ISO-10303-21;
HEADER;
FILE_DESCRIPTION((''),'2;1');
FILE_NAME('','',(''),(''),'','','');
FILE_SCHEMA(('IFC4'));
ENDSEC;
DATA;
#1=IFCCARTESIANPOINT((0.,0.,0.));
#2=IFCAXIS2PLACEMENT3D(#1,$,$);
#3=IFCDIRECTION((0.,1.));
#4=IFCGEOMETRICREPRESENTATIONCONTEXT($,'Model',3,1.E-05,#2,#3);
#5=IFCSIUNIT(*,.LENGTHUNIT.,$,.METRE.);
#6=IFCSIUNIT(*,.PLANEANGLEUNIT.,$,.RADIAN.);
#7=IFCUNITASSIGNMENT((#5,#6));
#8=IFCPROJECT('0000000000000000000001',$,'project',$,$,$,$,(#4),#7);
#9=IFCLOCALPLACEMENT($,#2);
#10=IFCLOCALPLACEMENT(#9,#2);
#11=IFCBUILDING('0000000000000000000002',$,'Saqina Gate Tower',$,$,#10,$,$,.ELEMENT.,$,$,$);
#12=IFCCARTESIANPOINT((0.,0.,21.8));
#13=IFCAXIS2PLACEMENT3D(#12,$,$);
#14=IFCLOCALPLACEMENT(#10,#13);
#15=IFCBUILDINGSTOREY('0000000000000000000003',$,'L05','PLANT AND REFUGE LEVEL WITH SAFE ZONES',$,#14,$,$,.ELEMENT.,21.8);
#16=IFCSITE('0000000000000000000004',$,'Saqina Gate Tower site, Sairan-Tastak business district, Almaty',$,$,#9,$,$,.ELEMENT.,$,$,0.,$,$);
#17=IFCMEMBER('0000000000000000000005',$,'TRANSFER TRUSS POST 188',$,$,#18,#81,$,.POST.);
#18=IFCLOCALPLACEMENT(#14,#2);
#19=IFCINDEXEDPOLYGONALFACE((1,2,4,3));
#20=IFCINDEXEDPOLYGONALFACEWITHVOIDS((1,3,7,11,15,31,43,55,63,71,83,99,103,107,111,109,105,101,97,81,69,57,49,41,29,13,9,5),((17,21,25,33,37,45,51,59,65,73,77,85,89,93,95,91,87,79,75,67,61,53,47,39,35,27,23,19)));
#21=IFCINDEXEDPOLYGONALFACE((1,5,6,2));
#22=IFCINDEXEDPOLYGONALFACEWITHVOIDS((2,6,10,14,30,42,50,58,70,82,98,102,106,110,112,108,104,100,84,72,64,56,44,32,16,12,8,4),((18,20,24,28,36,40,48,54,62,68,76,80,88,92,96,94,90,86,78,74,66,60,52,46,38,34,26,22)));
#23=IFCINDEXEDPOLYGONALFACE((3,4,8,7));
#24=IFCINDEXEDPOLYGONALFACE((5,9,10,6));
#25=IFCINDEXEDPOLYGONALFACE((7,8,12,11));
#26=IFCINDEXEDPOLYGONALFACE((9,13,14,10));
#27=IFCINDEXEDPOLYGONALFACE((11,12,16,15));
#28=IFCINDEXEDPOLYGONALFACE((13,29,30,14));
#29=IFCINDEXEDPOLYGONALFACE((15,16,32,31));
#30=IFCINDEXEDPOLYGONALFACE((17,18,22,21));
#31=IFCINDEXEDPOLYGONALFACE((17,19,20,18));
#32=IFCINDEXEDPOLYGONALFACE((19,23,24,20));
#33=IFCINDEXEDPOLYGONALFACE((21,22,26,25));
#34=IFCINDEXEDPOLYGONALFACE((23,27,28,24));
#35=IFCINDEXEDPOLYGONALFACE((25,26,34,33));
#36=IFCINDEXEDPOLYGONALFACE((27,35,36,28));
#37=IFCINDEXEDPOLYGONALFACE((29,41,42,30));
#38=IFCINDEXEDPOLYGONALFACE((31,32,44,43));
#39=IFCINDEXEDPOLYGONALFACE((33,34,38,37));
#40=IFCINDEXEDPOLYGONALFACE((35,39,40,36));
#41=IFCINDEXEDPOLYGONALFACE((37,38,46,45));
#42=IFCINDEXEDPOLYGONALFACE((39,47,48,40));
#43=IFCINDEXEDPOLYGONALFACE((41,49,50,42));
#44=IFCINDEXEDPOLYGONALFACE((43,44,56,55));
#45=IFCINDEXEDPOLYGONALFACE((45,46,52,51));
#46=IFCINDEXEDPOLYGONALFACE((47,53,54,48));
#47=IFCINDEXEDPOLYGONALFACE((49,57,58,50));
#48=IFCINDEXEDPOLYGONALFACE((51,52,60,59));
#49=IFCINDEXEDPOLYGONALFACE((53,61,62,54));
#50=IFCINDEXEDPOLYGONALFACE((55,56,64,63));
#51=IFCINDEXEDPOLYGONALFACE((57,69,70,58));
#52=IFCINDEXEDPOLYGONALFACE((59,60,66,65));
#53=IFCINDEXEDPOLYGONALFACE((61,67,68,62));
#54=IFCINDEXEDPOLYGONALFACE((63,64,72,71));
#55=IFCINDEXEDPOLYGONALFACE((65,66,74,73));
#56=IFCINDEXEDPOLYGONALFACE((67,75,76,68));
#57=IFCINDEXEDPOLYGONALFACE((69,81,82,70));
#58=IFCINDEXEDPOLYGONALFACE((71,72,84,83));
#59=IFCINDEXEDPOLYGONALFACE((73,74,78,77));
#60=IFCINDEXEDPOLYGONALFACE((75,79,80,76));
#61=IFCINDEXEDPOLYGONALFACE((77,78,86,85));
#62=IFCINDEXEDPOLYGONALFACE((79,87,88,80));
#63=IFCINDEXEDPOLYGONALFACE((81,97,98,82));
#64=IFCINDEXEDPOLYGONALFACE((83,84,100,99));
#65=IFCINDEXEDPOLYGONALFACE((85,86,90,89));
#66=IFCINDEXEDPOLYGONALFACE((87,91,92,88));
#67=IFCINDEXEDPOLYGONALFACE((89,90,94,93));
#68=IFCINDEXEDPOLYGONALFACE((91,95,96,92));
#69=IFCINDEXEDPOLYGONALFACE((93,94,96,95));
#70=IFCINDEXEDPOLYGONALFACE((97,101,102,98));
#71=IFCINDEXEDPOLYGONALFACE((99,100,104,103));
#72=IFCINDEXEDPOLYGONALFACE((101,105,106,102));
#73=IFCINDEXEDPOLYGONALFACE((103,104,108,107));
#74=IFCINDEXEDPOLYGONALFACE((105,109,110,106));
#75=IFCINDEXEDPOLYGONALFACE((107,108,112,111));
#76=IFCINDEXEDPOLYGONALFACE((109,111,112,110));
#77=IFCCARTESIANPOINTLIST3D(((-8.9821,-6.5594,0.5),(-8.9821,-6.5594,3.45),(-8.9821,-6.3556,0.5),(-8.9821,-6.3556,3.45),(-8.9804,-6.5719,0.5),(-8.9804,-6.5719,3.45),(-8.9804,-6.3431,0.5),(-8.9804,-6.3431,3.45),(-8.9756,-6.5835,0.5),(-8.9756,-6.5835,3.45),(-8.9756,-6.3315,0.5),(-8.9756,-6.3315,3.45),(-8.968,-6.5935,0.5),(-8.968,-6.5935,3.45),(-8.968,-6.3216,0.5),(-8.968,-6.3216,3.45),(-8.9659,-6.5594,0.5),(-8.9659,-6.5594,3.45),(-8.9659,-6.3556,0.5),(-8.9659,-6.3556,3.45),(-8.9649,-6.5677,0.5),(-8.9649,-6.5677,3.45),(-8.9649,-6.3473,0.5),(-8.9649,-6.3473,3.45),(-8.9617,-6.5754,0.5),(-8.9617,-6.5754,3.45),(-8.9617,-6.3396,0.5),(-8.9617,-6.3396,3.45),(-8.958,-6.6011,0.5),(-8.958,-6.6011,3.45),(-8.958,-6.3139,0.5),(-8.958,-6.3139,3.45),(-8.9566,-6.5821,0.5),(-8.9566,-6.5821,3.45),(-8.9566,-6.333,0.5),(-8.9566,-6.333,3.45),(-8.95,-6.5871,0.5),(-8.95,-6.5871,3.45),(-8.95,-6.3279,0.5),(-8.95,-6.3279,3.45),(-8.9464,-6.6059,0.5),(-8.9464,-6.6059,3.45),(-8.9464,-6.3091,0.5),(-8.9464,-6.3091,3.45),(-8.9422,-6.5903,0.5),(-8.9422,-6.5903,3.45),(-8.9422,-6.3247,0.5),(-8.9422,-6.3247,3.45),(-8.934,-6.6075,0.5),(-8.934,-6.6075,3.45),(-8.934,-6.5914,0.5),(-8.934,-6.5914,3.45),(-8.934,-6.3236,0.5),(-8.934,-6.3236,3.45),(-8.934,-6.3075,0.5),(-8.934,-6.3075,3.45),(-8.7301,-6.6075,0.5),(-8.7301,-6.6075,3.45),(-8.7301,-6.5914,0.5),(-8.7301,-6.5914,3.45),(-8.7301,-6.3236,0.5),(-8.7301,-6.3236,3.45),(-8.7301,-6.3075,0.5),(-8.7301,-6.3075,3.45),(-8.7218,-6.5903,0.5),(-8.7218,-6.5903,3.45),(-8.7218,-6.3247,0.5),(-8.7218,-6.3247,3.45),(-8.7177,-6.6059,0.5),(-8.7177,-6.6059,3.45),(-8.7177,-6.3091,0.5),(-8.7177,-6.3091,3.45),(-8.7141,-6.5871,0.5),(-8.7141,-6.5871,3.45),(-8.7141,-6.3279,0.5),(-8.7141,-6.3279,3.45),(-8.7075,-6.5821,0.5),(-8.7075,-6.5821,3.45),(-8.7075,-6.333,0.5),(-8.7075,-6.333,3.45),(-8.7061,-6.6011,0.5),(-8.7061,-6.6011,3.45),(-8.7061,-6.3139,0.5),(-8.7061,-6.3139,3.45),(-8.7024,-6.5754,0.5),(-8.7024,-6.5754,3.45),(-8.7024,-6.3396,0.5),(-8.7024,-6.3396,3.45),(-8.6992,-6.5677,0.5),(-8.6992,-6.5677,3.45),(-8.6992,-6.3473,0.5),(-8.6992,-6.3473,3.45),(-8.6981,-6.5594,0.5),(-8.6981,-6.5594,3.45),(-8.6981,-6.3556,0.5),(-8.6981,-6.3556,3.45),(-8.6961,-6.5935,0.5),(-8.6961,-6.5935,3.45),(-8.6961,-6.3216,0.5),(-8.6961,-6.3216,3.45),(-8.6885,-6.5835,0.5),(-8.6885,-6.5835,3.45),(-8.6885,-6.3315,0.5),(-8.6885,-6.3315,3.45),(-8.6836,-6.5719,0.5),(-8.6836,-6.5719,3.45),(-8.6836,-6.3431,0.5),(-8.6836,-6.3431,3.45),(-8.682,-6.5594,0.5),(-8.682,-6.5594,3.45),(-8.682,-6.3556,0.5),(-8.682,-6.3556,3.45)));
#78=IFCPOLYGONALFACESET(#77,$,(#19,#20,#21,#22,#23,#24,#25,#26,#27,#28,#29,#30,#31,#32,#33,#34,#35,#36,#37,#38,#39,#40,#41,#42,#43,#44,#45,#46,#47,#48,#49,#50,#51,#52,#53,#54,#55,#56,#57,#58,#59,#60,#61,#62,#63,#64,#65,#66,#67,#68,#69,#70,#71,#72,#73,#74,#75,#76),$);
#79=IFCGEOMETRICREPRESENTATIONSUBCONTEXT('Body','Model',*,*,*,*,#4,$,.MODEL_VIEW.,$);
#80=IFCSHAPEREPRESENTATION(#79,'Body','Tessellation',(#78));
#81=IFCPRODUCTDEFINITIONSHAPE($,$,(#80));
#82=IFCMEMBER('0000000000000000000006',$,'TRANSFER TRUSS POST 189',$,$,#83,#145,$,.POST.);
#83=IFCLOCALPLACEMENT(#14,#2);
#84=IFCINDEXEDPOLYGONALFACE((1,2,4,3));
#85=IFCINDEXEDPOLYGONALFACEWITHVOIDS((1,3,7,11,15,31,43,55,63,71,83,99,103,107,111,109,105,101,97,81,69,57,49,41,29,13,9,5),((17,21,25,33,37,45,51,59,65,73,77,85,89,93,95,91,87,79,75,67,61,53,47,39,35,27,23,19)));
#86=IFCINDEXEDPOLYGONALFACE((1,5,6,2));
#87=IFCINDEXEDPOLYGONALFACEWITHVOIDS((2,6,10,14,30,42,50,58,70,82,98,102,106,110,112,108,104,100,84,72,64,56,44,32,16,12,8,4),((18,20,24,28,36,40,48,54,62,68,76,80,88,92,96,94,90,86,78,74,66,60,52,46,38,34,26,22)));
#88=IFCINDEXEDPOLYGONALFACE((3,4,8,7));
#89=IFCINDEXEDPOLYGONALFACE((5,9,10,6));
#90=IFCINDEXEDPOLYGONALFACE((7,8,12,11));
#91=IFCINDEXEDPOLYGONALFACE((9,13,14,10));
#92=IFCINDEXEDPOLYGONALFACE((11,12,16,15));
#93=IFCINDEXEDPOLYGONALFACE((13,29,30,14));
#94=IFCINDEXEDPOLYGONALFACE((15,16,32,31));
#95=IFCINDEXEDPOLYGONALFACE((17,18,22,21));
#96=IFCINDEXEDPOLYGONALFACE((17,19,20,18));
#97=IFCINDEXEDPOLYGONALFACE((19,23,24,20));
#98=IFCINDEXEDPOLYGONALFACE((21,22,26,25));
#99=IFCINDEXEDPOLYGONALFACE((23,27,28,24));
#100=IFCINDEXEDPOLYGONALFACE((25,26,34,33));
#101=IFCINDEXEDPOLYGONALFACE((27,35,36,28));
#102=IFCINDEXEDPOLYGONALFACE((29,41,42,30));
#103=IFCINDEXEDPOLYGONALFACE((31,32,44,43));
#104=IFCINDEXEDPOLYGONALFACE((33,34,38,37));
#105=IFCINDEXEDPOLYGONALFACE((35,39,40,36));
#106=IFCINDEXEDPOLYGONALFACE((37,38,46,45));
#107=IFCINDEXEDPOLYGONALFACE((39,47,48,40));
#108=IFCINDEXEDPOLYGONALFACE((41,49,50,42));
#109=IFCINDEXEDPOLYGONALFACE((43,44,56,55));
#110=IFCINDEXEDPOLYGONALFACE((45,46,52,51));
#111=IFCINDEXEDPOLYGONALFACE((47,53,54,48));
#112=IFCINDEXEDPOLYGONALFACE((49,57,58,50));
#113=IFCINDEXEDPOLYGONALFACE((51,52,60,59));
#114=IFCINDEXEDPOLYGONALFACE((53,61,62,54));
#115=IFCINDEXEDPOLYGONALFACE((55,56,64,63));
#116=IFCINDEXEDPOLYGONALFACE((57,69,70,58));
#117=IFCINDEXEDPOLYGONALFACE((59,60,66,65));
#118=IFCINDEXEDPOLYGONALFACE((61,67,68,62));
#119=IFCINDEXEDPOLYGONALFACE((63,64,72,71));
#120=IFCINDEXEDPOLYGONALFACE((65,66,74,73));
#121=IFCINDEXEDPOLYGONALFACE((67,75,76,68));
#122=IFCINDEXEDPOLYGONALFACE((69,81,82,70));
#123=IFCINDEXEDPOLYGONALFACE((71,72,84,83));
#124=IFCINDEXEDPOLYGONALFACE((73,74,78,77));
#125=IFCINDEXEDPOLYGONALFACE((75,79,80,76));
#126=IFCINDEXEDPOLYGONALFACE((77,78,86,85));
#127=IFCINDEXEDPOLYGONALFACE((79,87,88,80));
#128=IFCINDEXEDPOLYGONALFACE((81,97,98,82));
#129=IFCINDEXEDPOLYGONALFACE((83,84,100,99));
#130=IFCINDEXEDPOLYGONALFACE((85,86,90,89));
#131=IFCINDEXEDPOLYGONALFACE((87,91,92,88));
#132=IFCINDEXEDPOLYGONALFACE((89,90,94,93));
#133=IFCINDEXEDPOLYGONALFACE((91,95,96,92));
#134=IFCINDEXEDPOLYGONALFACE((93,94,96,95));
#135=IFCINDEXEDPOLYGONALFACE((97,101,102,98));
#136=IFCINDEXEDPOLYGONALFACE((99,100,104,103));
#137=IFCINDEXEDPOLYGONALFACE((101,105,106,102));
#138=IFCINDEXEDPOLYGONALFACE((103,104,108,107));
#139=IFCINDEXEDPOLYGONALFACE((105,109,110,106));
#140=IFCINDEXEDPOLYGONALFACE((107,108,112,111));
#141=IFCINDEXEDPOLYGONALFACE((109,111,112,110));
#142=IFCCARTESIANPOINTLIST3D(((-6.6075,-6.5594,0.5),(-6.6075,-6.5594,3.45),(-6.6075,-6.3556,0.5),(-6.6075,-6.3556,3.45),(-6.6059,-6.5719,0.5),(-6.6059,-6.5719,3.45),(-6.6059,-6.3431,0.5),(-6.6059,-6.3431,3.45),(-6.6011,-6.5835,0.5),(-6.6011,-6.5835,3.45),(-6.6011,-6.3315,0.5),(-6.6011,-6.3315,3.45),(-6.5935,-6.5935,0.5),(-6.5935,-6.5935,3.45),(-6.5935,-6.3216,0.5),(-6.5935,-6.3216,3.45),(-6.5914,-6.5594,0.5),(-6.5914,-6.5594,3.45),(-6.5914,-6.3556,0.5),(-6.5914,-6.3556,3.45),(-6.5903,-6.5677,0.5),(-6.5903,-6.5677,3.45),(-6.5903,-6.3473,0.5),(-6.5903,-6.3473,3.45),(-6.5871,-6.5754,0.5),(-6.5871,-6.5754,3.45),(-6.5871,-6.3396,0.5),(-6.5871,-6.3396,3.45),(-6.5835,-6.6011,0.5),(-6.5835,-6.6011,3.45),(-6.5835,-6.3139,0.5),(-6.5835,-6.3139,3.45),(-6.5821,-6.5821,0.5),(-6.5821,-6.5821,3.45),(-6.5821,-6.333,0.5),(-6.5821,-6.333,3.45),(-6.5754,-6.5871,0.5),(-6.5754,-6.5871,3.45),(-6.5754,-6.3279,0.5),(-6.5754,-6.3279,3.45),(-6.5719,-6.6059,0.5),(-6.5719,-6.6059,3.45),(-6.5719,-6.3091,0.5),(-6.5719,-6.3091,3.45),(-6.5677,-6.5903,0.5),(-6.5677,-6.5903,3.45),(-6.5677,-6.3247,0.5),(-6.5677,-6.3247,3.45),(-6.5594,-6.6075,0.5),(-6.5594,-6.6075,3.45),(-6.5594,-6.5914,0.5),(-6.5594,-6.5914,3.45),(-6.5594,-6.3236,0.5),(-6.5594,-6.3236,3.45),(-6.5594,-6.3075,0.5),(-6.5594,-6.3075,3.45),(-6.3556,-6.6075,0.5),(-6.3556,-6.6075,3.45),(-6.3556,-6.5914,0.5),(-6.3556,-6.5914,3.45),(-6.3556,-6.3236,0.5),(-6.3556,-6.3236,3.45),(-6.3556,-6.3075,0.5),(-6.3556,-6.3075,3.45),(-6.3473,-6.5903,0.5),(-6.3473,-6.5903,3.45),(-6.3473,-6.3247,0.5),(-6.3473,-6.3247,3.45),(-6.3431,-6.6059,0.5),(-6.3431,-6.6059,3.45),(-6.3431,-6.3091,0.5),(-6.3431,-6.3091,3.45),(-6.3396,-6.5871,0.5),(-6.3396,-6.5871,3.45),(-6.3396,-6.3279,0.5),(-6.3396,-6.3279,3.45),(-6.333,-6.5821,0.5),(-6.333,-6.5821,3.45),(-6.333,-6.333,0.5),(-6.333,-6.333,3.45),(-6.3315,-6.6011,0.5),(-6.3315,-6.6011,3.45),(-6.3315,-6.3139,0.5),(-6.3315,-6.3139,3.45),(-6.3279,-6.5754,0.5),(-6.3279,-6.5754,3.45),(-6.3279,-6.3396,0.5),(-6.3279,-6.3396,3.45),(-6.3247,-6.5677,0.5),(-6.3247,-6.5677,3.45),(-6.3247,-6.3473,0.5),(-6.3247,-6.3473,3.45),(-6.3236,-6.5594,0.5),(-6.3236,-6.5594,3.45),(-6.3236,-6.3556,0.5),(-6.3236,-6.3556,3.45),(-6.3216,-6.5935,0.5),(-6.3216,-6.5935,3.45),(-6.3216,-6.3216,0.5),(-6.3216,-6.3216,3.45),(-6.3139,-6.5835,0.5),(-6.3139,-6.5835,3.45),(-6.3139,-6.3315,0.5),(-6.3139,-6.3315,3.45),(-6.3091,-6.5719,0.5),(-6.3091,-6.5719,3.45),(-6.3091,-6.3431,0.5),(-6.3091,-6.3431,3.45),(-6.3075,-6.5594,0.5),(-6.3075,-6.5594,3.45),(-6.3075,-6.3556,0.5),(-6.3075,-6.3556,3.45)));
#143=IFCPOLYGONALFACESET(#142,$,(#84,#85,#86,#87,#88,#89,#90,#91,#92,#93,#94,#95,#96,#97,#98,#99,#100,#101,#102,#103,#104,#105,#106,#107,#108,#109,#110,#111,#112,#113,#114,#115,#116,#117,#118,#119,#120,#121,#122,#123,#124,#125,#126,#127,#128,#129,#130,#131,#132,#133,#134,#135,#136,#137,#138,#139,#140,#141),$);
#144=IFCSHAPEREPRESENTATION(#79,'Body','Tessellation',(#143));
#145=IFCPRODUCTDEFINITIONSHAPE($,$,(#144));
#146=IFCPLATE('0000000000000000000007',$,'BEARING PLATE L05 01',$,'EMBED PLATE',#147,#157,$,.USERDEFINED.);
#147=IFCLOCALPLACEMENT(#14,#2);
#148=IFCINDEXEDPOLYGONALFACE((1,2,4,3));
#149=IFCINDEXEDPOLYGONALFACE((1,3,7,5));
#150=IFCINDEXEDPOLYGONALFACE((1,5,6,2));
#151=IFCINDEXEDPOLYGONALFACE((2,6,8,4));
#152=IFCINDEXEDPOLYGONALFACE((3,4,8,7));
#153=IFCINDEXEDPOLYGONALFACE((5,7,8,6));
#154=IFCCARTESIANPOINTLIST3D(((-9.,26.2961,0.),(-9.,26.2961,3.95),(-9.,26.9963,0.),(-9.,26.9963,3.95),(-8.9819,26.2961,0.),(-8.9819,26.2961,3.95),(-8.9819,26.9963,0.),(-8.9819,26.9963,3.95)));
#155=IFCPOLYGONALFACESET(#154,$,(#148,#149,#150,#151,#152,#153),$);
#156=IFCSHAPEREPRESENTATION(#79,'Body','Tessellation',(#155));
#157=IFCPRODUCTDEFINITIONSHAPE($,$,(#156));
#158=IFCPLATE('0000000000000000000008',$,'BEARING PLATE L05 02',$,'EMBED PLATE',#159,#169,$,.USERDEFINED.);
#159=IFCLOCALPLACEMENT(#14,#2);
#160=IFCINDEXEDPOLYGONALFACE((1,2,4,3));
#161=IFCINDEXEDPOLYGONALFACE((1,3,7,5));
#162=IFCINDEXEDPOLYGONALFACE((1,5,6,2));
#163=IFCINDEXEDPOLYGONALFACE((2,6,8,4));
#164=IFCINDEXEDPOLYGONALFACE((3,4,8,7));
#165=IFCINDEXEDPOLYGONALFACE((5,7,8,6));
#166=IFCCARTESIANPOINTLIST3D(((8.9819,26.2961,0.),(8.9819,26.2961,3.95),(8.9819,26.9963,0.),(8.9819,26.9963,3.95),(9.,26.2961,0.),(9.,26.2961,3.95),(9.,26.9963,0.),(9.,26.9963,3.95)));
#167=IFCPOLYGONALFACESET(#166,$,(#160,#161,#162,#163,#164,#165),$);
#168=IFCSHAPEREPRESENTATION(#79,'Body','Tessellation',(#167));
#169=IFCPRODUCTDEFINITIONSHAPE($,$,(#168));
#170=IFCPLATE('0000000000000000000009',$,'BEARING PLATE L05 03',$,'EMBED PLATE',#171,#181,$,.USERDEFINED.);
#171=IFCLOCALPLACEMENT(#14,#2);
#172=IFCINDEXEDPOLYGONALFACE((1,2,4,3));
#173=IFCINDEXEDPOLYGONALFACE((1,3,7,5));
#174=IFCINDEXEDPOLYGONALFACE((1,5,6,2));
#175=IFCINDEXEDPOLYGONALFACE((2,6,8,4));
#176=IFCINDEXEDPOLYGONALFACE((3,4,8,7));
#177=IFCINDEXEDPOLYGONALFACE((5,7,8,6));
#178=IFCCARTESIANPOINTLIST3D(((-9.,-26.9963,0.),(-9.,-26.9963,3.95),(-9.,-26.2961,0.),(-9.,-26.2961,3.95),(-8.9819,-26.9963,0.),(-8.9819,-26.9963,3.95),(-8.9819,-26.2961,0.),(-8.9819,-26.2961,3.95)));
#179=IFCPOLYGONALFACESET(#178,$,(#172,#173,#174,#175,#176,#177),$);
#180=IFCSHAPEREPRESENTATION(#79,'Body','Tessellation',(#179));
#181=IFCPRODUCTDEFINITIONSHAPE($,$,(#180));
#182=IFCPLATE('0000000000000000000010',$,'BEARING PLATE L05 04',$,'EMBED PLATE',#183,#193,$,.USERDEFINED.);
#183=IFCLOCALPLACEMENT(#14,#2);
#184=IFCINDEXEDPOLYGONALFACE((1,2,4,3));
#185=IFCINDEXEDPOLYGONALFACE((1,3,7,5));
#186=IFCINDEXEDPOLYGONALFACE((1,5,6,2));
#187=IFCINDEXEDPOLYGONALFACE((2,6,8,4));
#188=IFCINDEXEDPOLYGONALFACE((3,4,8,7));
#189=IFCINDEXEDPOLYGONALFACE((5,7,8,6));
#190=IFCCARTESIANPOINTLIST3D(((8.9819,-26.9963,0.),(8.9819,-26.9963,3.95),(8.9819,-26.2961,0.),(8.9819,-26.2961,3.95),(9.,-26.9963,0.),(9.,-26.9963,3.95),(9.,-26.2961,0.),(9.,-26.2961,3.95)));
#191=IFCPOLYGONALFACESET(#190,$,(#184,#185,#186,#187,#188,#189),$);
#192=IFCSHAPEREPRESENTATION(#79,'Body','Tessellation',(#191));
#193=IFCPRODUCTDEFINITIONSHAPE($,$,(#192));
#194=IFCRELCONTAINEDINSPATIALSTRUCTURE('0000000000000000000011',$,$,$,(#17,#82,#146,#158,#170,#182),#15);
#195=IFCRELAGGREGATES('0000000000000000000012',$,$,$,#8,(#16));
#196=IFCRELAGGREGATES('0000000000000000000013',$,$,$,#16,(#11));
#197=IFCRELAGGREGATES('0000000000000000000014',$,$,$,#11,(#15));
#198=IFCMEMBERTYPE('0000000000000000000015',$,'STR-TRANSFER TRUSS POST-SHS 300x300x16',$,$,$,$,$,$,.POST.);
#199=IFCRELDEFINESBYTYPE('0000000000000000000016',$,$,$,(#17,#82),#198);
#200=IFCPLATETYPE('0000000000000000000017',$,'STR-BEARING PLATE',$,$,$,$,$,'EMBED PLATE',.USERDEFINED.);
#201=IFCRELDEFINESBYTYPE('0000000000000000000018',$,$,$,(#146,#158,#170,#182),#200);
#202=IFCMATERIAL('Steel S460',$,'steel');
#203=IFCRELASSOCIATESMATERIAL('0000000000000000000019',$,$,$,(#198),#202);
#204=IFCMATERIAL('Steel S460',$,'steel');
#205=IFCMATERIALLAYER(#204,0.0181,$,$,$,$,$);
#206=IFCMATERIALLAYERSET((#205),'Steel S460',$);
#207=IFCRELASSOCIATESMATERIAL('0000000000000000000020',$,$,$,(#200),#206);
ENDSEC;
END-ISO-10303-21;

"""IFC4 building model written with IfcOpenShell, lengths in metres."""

from ifc_helpers import new_model, si_unit, direction, frame, origin, origin_2d, place, context, subcontext, project, spatial, polyline, hollow_rectangle, outline, extrude, material, layer, layer_set, material_profile, profile_set, type_object, element, save


model = new_model("IFC4")

# Units and contexts
model_context = context("Model", 3, precision=1e-05, world=origin(), true_north=direction((0.0, 1.0)))
body_context = subcontext(model_context, "Body", "Model", "MODEL_VIEW")
ifc_project = project(units=[si_unit("LENGTHUNIT", "METRE"), si_unit("PLANEANGLEUNIT", "RADIAN")], contexts=[model_context])

# Site, building, storey
site_placement = place(None, origin())
site = spatial("IfcSite", under=ifc_project, at=site_placement, Name="Saqina Gate Tower site, Sairan-Tastak business district, Almaty", CompositionType="ELEMENT", RefElevation=0.0)
building_placement = place(site_placement, origin())
building = spatial("IfcBuilding", under=site, at=building_placement, Name="Saqina Gate Tower", CompositionType="ELEMENT")
storey_placement = place(building_placement, frame((0.0, 0.0, 21.8)))
storey = spatial("IfcBuildingStorey", under=building, at=storey_placement, Name="L05", Description="PLANT AND REFUGE LEVEL WITH SAFE ZONES", CompositionType="ELEMENT", Elevation=21.8)

# Members
ifc_material_1 = material(Name="Steel S460", Category="steel")
ifc_material_profile_1 = material_profile(ifc_material_1, hollow_rectangle(XDim=0.3, YDim=0.3, WallThickness=0.0161, InnerFilletRadius=0.032, OuterFilletRadius=0.0481, at=origin_2d()), Name="SHS 300x300x16")
ifc_profile_set_1 = profile_set([ifc_material_profile_1], Name="Steel S460")
member_type_1 = type_object("IfcMemberType", Name="STR-TRANSFER TRUSS POST-SHS 300x300x16", PredefinedType="POST", material=ifc_profile_set_1)
for number, where, z_axis, x_axis, name in (
    (1, (-8.832, -6.4575, 0.5), (0.0, 0.0, 1.0), (1.0, 0.0, 0.0), "TRANSFER TRUSS POST 188"),
    (2, (-6.4575, -6.4575, 0.5), (0.0, 0.0, 1.0), (1.0, 0.0, 0.0), "TRANSFER TRUSS POST 189"),
):
    element("IfcMember", number, at=place(storey_placement, frame(where, z_axis=z_axis, x_axis=x_axis)), inside=storey, type_object=member_type_1, Name=name, PredefinedType="POST", context=body_context, shape_type="SweptSolid", body=[
        extrude(hollow_rectangle(XDim=0.3, YDim=0.3, WallThickness=0.0161, InnerFilletRadius=0.032, OuterFilletRadius=0.0481, at=origin_2d()), origin(), (0.0, 0.0, 1.0), 2.95),
    ])

# Plates
ifc_material_2 = material(Name="Steel S460", Category="steel")
ifc_layer_1 = layer(ifc_material_2, 0.0181)
ifc_layer_set_1 = layer_set([ifc_layer_1], Name="Steel S460")
plate_type = type_object("IfcPlateType", Name="STR-BEARING PLATE", ElementType="EMBED PLATE", PredefinedType="USERDEFINED", material=ifc_layer_set_1)
plate_1_placement = place(storey_placement, origin())
element("IfcPlate", 3, at=plate_1_placement, inside=storey, type_object=plate_type, Name="BEARING PLATE L05 01", ObjectType="EMBED PLATE", PredefinedType="USERDEFINED", context=body_context, shape_type="SweptSolid", body=[
    extrude(outline(polyline([(-8.9819, 26.2961), (-8.9819, 26.9963), (-9.0, 26.9963), (-9.0, 26.2961), (-8.9819, 26.2961)])), origin(), (0.0, 0.0, 1.0), 3.95),
])
plate_2_placement = place(storey_placement, origin())
element("IfcPlate", 4, at=plate_2_placement, inside=storey, type_object=plate_type, Name="BEARING PLATE L05 02", ObjectType="EMBED PLATE", PredefinedType="USERDEFINED", context=body_context, shape_type="SweptSolid", body=[
    extrude(outline(polyline([(9.0, 26.2961), (9.0, 26.9963), (8.9819, 26.9963), (8.9819, 26.2961), (9.0, 26.2961)])), origin(), (0.0, 0.0, 1.0), 3.95),
])
plate_3_placement = place(storey_placement, origin())
element("IfcPlate", 5, at=plate_3_placement, inside=storey, type_object=plate_type, Name="BEARING PLATE L05 03", ObjectType="EMBED PLATE", PredefinedType="USERDEFINED", context=body_context, shape_type="SweptSolid", body=[
    extrude(outline(polyline([(-8.9819, -26.9963), (-8.9819, -26.2961), (-9.0, -26.2961), (-9.0, -26.9963), (-8.9819, -26.9963)])), origin(), (0.0, 0.0, 1.0), 3.95),
])
plate_4_placement = place(storey_placement, origin())
element("IfcPlate", 6, at=plate_4_placement, inside=storey, type_object=plate_type, Name="BEARING PLATE L05 04", ObjectType="EMBED PLATE", PredefinedType="USERDEFINED", context=body_context, shape_type="SweptSolid", body=[
    extrude(outline(polyline([(9.0, -26.9963), (9.0, -26.2961), (8.9819, -26.2961), (8.9819, -26.9963), (9.0, -26.9963)])), origin(), (0.0, 0.0, 1.0), 3.95),
])

save(model, "model.ifc")
